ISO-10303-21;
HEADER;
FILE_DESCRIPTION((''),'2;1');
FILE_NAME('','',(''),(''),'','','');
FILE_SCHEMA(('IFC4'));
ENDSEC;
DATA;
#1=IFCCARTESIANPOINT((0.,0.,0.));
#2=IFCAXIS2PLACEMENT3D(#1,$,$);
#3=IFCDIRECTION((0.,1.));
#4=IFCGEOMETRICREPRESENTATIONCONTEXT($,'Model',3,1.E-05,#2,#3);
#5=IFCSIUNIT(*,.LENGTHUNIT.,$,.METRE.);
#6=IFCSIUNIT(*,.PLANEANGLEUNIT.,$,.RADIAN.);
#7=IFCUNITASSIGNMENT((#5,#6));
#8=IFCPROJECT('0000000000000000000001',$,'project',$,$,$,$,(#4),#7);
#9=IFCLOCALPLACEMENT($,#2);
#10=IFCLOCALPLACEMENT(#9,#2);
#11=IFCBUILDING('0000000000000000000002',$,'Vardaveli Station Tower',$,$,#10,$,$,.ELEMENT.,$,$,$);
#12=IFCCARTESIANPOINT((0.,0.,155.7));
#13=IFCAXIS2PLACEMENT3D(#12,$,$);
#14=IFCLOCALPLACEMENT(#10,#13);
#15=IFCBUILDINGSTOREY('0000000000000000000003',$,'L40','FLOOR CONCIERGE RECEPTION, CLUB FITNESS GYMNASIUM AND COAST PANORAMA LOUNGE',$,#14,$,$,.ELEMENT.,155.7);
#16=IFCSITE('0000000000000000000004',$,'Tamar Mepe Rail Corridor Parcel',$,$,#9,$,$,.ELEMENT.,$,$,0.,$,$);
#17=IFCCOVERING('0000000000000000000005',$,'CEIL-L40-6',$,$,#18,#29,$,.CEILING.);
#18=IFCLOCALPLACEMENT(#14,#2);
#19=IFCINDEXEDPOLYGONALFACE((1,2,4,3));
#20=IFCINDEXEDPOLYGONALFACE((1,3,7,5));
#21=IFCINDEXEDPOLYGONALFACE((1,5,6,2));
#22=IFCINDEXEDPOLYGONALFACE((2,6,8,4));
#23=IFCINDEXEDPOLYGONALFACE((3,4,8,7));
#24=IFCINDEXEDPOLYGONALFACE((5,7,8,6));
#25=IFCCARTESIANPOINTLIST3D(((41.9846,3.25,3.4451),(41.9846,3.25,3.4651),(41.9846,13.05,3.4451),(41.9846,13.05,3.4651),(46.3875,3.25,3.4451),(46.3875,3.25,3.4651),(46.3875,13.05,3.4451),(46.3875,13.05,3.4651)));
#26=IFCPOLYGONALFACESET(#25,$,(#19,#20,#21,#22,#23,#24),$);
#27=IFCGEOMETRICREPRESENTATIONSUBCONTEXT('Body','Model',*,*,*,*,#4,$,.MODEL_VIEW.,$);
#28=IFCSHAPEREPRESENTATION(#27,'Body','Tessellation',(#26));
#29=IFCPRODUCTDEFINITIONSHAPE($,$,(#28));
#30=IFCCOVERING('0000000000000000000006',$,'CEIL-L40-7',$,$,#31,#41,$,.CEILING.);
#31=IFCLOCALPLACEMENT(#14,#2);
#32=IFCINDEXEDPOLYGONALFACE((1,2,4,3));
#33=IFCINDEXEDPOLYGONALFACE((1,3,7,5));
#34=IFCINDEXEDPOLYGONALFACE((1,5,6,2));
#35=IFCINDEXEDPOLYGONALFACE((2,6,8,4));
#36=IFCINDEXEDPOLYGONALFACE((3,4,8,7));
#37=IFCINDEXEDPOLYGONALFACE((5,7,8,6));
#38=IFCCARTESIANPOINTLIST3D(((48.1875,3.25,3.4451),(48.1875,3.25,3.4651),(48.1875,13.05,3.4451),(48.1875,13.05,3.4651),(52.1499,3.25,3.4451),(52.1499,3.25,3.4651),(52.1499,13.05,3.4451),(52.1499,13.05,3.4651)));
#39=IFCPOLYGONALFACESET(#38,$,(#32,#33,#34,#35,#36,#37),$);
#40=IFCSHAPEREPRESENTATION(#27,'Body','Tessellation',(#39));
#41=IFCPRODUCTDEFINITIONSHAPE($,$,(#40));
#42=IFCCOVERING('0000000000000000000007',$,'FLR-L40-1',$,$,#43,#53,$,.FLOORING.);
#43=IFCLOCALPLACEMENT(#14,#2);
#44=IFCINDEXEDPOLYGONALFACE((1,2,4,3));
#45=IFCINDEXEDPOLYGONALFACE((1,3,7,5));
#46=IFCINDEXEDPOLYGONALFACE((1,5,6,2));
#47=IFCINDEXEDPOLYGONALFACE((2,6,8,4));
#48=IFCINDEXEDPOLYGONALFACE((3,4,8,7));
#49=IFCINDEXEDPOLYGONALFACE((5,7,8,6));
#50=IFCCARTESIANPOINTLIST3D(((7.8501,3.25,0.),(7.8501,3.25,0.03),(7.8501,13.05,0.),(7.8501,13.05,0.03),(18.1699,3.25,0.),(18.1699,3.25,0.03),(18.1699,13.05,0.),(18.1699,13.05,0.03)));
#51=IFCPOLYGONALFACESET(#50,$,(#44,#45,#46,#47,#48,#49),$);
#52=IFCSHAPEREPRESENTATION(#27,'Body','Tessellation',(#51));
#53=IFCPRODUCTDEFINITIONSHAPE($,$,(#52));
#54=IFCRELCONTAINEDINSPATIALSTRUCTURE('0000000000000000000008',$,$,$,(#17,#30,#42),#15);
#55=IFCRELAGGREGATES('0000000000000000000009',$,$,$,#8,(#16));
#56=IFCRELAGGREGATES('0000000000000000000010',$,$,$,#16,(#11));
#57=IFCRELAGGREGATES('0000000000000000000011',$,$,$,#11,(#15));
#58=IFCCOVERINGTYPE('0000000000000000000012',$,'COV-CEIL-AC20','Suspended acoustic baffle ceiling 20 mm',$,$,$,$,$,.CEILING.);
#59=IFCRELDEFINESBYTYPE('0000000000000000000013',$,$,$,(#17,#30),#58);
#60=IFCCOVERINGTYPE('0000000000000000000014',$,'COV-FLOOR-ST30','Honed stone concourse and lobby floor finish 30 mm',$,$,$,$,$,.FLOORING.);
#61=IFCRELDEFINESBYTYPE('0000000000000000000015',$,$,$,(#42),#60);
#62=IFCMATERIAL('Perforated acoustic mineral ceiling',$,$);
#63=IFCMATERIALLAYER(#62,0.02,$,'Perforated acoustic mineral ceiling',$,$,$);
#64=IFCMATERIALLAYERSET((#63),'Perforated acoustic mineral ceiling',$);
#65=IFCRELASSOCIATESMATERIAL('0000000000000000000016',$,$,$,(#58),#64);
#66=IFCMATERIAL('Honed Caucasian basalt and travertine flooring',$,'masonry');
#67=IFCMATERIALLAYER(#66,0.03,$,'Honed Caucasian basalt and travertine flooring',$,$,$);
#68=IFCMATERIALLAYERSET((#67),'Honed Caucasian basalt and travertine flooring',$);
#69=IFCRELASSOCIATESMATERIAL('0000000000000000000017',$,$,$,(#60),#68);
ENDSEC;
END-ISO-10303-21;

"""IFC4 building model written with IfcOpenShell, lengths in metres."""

from ifc_helpers import new_model, si_unit, direction, frame, origin, place, context, subcontext, project, spatial, polyline, outline, extrude, material, layer, layer_set, type_object, element, save


model = new_model("IFC4")

# Units and contexts
model_context = context("Model", 3, precision=1e-05, world=origin(), true_north=direction((0.0, 1.0)))
body_context = subcontext(model_context, "Body", "Model", "MODEL_VIEW")
ifc_project = project(units=[si_unit("LENGTHUNIT", "METRE"), si_unit("PLANEANGLEUNIT", "RADIAN")], contexts=[model_context])

# Site, building, storey
site_placement = place(None, origin())
site = spatial("IfcSite", under=ifc_project, at=site_placement, Name="Tamar Mepe Rail Corridor Parcel", CompositionType="ELEMENT", RefElevation=0.0)
building_placement = place(site_placement, origin())
building = spatial("IfcBuilding", under=site, at=building_placement, Name="Vardaveli Station Tower", CompositionType="ELEMENT")
storey_placement = place(building_placement, frame((0.0, 0.0, 155.7)))
storey = spatial("IfcBuildingStorey", under=building, at=storey_placement, Name="L40", Description="FLOOR CONCIERGE RECEPTION, CLUB FITNESS GYMNASIUM AND COAST PANORAMA LOUNGE", CompositionType="ELEMENT", Elevation=155.7)

# Coverings
ifc_material_1 = material(Name="Perforated acoustic mineral ceiling")
ifc_layer_1 = layer(ifc_material_1, 0.02, Name="Perforated acoustic mineral ceiling")
ifc_layer_set_1 = layer_set([ifc_layer_1], Name="Perforated acoustic mineral ceiling")
covering_type_1 = type_object("IfcCoveringType", Name="COV-CEIL-AC20", Description="Suspended acoustic baffle ceiling 20 mm", PredefinedType="CEILING", material=ifc_layer_set_1)
covering_1_placement = place(storey_placement, frame((0.0, 0.0, 3.4451)))
element("IfcCovering", 1, at=covering_1_placement, inside=storey, type_object=covering_type_1, Name="CEIL-L40-6", PredefinedType="CEILING", context=body_context, shape_type="SweptSolid", body=[
    extrude(outline(polyline([(41.9846, 3.25), (46.3875, 3.25), (46.3875, 13.05), (41.9846, 13.05), (41.9846, 3.25)])), origin(), (0.0, 0.0, 1.0), 0.02),
])
covering_2_placement = place(storey_placement, frame((0.0, 0.0, 3.4451)))
element("IfcCovering", 2, at=covering_2_placement, inside=storey, type_object=covering_type_1, Name="CEIL-L40-7", PredefinedType="CEILING", context=body_context, shape_type="SweptSolid", body=[
    extrude(outline(polyline([(48.1875, 3.25), (52.1499, 3.25), (52.1499, 13.05), (48.1875, 13.05), (48.1875, 3.25)])), origin(), (0.0, 0.0, 1.0), 0.02),
])
ifc_material_2 = material(Name="Honed Caucasian basalt and travertine flooring", Category="masonry")
ifc_layer_2 = layer(ifc_material_2, 0.03, Name="Honed Caucasian basalt and travertine flooring")
ifc_layer_set_2 = layer_set([ifc_layer_2], Name="Honed Caucasian basalt and travertine flooring")
covering_type_2 = type_object("IfcCoveringType", Name="COV-FLOOR-ST30", Description="Honed stone concourse and lobby floor finish 30 mm", PredefinedType="FLOORING", material=ifc_layer_set_2)
covering_3_placement = place(storey_placement, origin())
element("IfcCovering", 3, at=covering_3_placement, inside=storey, type_object=covering_type_2, Name="FLR-L40-1", PredefinedType="FLOORING", context=body_context, shape_type="SweptSolid", body=[
    extrude(outline(polyline([(7.8501, 3.25), (18.1699, 3.25), (18.1699, 13.05), (7.8501, 13.05), (7.8501, 3.25)])), origin(), (0.0, 0.0, 1.0), 0.03),
])

save(model, "model.ifc")
